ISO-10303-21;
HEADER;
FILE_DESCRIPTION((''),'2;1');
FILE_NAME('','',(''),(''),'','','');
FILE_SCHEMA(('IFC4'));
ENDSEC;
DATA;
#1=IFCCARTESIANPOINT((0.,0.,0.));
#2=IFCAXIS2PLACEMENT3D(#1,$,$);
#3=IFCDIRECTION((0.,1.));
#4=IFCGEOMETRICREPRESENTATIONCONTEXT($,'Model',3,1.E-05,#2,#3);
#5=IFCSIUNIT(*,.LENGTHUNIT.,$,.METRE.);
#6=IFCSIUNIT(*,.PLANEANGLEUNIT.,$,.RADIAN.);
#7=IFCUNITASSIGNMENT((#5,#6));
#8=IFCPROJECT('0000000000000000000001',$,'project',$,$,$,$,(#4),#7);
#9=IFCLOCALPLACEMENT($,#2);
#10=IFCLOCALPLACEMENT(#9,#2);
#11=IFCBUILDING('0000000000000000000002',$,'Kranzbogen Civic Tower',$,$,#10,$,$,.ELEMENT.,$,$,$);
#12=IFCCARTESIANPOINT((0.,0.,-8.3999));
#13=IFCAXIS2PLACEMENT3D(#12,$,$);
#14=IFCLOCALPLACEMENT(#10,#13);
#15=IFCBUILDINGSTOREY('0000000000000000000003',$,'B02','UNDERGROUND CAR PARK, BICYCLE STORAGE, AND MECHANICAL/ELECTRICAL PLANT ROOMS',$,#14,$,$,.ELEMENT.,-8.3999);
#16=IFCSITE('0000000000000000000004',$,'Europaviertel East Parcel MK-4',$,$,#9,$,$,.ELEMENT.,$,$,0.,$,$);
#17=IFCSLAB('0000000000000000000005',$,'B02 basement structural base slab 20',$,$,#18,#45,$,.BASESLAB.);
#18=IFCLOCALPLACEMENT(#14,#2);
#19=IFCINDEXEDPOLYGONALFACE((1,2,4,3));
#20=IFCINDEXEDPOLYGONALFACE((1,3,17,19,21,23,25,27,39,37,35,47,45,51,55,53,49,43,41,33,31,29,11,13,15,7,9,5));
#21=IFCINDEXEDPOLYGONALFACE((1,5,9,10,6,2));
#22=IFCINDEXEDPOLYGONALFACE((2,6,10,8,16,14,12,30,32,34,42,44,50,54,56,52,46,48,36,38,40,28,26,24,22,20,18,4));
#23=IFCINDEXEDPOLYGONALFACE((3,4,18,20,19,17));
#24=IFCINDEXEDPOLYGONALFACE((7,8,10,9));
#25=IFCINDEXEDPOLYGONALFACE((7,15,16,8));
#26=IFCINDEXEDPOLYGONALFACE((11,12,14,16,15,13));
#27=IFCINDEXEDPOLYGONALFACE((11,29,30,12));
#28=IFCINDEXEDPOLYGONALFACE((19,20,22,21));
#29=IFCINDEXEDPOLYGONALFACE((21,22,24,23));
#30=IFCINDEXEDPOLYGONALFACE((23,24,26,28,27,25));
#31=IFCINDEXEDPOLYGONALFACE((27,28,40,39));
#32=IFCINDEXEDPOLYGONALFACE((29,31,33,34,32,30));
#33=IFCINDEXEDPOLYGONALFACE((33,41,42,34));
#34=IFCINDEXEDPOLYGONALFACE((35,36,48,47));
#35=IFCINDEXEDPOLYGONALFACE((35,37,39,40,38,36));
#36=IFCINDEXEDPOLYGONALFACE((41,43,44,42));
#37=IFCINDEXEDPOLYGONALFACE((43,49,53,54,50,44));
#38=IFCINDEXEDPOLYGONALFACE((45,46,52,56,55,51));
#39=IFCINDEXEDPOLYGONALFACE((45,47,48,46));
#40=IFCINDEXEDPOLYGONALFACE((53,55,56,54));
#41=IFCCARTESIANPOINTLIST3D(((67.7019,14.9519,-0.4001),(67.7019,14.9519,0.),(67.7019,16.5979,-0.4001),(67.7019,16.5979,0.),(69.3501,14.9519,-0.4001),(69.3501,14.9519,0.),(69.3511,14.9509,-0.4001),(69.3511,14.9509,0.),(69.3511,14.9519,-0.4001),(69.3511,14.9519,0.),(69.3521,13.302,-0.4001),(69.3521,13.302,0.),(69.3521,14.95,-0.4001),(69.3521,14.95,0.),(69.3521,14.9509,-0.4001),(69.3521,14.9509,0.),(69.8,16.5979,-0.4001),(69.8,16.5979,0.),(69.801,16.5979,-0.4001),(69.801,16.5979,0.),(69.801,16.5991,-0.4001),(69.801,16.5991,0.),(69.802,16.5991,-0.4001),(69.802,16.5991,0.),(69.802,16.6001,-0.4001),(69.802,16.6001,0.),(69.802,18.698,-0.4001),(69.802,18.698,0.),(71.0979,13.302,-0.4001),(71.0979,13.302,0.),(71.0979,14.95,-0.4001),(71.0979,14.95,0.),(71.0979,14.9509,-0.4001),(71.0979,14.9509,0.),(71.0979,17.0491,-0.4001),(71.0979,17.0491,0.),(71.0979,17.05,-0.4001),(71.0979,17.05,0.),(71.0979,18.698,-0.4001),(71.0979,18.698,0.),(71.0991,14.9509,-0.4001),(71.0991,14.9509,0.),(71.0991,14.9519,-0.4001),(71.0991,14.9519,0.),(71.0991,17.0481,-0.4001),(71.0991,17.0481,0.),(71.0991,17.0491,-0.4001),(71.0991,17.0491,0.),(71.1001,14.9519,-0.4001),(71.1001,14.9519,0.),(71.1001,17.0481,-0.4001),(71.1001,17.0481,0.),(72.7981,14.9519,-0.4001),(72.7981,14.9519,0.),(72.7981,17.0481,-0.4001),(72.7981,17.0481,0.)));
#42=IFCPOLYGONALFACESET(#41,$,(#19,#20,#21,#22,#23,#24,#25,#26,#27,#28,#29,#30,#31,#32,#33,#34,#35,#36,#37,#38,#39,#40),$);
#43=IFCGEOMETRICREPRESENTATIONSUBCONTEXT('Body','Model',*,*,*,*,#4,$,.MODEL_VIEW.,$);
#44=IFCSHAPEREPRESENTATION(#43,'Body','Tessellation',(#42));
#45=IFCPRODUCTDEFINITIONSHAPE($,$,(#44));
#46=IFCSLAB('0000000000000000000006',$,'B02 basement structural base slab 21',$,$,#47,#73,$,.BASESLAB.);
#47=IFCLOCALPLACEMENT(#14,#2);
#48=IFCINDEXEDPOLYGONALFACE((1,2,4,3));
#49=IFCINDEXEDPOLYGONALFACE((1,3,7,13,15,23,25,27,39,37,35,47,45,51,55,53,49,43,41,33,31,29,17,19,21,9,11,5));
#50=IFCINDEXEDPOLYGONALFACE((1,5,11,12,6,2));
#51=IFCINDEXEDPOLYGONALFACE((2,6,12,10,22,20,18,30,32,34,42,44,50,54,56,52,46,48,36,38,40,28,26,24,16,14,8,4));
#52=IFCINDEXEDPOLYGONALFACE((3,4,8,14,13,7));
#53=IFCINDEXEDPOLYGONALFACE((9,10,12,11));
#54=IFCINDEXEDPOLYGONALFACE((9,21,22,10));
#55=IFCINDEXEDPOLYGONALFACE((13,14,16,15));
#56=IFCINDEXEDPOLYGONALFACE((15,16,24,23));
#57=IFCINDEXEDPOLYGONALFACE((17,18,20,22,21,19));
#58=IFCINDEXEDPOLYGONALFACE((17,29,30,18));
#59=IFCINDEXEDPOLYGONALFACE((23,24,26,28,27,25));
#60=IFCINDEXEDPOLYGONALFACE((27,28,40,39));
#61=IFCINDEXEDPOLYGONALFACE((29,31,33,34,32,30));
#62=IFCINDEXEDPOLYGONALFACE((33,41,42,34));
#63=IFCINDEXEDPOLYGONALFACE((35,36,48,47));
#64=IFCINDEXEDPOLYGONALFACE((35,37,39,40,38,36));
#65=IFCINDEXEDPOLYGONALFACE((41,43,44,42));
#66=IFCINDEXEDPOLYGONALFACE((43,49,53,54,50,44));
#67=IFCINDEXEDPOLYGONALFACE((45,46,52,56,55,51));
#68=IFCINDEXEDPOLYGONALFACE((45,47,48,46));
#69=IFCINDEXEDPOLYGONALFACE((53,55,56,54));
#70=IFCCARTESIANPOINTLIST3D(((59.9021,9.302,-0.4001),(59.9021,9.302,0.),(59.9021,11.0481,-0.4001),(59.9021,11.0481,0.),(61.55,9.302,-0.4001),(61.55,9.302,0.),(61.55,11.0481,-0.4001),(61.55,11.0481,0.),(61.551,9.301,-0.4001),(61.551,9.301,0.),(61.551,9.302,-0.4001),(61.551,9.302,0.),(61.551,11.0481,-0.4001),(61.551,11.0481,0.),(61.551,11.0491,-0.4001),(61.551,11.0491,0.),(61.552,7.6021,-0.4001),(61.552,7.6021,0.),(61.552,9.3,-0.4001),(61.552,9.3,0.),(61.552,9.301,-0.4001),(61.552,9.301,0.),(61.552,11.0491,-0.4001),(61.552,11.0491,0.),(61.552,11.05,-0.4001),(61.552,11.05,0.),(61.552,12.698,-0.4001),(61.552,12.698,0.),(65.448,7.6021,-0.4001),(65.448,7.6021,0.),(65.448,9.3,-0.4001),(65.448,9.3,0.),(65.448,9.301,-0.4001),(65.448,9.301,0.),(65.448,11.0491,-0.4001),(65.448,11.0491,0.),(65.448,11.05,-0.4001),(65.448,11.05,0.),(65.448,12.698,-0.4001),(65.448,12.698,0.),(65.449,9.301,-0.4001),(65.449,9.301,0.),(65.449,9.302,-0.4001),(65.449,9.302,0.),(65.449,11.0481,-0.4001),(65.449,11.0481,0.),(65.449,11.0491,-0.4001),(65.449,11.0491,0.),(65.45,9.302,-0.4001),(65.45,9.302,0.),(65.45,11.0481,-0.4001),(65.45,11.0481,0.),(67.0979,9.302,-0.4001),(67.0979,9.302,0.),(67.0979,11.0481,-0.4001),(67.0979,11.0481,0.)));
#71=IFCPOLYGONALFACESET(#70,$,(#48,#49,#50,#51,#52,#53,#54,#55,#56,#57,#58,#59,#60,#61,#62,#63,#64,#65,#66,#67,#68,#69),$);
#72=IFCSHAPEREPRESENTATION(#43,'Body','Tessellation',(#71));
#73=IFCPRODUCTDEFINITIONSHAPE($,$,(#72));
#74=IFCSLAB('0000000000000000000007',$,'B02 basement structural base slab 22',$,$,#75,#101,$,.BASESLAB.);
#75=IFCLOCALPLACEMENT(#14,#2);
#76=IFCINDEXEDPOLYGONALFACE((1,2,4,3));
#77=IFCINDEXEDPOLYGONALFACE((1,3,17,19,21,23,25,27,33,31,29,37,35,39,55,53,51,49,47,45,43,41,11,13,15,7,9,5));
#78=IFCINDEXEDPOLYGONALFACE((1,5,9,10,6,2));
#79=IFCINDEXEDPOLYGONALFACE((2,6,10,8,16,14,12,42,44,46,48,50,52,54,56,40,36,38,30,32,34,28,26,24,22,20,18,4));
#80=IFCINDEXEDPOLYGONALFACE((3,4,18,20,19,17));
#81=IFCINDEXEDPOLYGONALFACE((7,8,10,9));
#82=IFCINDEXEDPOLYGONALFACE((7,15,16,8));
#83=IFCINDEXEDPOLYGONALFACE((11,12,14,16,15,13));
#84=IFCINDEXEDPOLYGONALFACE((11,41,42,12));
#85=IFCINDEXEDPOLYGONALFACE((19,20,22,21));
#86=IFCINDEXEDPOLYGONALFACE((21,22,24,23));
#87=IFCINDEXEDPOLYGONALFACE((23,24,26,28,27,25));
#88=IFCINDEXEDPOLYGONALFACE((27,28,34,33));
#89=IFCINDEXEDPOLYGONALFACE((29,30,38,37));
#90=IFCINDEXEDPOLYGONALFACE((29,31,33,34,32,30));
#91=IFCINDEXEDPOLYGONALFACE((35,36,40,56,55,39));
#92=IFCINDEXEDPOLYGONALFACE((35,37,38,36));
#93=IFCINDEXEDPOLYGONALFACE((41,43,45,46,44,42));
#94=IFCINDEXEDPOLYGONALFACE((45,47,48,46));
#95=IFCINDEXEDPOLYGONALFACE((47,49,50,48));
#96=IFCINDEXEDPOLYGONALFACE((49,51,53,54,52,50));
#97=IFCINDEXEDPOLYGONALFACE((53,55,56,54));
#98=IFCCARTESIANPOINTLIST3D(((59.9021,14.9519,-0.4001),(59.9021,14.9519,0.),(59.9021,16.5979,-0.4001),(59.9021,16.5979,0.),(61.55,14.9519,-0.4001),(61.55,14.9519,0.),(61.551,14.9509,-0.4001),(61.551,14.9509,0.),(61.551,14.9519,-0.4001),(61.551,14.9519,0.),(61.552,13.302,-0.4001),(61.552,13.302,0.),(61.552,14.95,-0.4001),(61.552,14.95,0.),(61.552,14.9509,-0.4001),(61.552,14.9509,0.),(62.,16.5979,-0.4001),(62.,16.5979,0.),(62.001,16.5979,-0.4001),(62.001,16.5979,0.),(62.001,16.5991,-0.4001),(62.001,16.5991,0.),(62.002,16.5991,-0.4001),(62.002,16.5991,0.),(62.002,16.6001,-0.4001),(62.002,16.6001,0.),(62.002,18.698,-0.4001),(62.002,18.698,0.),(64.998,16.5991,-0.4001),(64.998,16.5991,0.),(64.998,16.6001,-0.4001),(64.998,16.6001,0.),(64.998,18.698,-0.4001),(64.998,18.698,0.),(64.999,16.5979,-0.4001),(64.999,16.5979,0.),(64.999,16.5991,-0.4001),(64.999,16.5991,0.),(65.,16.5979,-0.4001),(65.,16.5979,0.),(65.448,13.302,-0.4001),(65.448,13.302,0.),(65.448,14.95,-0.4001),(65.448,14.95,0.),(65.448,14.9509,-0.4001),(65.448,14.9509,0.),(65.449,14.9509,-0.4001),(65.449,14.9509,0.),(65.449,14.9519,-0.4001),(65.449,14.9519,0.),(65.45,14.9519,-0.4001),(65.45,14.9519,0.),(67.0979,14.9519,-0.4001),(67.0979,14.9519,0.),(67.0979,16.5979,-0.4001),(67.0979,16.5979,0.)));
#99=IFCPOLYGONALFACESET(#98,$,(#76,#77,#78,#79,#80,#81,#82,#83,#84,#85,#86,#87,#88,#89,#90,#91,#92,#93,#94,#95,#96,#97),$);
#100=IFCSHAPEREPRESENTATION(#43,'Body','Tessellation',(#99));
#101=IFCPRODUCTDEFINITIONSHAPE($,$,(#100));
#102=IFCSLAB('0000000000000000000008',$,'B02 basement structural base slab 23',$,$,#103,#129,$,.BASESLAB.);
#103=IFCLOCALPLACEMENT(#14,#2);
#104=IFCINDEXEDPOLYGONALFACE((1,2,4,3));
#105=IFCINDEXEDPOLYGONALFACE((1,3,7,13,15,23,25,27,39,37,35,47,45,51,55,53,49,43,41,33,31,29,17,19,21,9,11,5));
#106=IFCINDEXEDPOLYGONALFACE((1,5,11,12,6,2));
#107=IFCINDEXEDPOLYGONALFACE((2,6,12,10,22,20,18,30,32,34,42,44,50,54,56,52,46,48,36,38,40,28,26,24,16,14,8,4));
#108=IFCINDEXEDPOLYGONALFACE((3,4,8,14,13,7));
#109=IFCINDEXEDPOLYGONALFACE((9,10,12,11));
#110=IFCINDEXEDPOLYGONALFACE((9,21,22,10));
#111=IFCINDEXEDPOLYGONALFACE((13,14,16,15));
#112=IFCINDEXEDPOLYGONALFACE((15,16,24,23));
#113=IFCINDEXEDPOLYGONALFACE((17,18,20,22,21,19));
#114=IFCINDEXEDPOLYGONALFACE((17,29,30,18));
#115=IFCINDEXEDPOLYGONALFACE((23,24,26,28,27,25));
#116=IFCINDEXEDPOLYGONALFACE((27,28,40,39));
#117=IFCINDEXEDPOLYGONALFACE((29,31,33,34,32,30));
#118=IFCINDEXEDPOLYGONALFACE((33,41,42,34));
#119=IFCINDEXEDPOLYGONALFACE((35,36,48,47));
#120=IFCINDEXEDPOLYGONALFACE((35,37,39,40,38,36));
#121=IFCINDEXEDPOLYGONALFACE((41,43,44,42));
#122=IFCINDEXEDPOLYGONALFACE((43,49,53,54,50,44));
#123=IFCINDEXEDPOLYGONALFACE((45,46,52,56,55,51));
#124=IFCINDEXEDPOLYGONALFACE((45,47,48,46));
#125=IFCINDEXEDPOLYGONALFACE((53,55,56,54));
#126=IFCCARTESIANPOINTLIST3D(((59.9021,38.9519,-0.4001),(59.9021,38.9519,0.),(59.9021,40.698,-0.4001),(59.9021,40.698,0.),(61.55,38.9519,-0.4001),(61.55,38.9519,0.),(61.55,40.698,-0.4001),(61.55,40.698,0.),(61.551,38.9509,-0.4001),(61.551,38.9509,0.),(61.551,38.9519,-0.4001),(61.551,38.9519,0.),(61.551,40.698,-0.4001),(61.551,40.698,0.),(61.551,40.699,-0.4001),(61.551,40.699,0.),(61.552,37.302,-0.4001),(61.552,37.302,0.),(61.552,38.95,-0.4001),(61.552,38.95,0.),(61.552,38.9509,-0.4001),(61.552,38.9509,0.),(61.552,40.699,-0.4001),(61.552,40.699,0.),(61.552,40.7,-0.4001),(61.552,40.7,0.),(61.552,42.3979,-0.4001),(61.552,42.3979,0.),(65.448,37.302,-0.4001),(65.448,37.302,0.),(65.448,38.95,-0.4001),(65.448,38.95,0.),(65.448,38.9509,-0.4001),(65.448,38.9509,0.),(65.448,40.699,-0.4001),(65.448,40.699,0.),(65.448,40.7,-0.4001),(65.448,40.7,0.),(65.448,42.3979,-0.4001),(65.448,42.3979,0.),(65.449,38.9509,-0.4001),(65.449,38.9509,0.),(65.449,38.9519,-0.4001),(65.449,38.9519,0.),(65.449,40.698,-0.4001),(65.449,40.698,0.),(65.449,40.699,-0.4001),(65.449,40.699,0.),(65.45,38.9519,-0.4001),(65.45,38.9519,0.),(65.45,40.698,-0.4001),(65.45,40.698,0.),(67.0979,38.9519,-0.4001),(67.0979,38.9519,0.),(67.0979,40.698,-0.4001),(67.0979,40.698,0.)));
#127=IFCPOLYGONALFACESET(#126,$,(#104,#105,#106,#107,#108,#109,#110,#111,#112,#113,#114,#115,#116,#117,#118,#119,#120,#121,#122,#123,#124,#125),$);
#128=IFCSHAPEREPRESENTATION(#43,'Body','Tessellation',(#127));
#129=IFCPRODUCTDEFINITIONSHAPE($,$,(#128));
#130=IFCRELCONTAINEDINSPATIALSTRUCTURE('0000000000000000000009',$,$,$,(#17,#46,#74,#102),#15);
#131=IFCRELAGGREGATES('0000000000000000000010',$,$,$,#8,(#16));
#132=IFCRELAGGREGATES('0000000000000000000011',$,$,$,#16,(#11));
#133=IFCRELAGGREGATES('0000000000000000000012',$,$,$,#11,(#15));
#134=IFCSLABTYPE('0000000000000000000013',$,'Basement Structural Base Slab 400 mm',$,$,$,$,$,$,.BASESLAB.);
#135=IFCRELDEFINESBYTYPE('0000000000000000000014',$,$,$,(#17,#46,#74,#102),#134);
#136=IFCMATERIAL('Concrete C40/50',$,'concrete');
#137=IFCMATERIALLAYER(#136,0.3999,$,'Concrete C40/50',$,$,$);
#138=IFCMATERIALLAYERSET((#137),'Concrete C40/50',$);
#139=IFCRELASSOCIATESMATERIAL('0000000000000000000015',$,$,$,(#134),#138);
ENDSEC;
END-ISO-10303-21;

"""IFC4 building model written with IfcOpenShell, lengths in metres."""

from ifc_helpers import new_model, si_unit, direction, frame, origin, place, context, subcontext, project, spatial, polyline, outline, extrude, material, layer, layer_set, type_object, element, save


model = new_model("IFC4")

# Units and contexts
model_context = context("Model", 3, precision=1e-05, world=origin(), true_north=direction((0.0, 1.0)))
body_context = subcontext(model_context, "Body", "Model", "MODEL_VIEW")
ifc_project = project(units=[si_unit("LENGTHUNIT", "METRE"), si_unit("PLANEANGLEUNIT", "RADIAN")], contexts=[model_context])

# Site, building, storey
site_placement = place(None, origin())
site = spatial("IfcSite", under=ifc_project, at=site_placement, Name="Europaviertel East Parcel MK-4", CompositionType="ELEMENT", RefElevation=0.0)
building_placement = place(site_placement, origin())
building = spatial("IfcBuilding", under=site, at=building_placement, Name="Kranzbogen Civic Tower", CompositionType="ELEMENT")
storey_placement = place(building_placement, frame((0.0, 0.0, -8.3999)))
storey = spatial("IfcBuildingStorey", under=building, at=storey_placement, Name="B02", Description="UNDERGROUND CAR PARK, BICYCLE STORAGE, AND MECHANICAL/ELECTRICAL PLANT ROOMS", CompositionType="ELEMENT", Elevation=-8.3999)

# Shared definitions
ifc_material = material(Name="Concrete C40/50", Category="concrete")

# Slabs
ifc_layer_1 = layer(ifc_material, 0.3999, Name="Concrete C40/50")
ifc_layer_set_1 = layer_set([ifc_layer_1], Name="Concrete C40/50")
slab_type = type_object("IfcSlabType", Name="Basement Structural Base Slab 400 mm", PredefinedType="BASESLAB", material=ifc_layer_set_1)
slab_1_placement = place(storey_placement, frame((0.0, 0.0, -0.4001)))
element("IfcSlab", 1, at=slab_1_placement, inside=storey, type_object=slab_type, Name="B02 basement structural base slab 20", PredefinedType="BASESLAB", context=body_context, shape_type="SweptSolid", body=[
    extrude(outline(polyline([(67.7019, 14.9519), (69.3501, 14.9519), (69.3501, 14.9519), (69.3501, 14.9519), (69.3511, 14.9519), (69.3511, 14.9519), (69.3511, 14.9519), (69.3511, 14.9519), (69.3511, 14.9519), (69.3511, 14.9509), (69.3521, 14.9509), (69.3521, 14.9509), (69.3521, 14.9509), (69.3521, 14.9509), (69.3521, 14.9509), (69.3521, 14.95), (69.3521, 14.95), (69.3521, 14.95), (69.3521, 13.302), (71.0979, 13.302), (71.0979, 14.95), (71.0979, 14.95), (71.0979, 14.95), (71.0979, 14.9509), (71.0979, 14.9509), (71.0979, 14.9509), (71.0979, 14.9509), (71.0979, 14.9509), (71.0991, 14.9509), (71.0991, 14.9519), (71.0991, 14.9519), (71.0991, 14.9519), (71.0991, 14.9519), (71.0991, 14.9519), (71.1001, 14.9519), (71.1001, 14.9519), (71.1001, 14.9519), (72.7981, 14.9519), (72.7981, 17.0481), (71.1001, 17.0481), (71.1001, 17.0481), (71.1001, 17.0481), (71.0991, 17.0481), (71.0991, 17.0481), (71.0991, 17.0481), (71.0991, 17.0481), (71.0991, 17.0481), (71.0991, 17.0491), (71.0979, 17.0491), (71.0979, 17.0491), (71.0979, 17.0491), (71.0979, 17.0491), (71.0979, 17.0491), (71.0979, 17.05), (71.0979, 17.05), (71.0979, 17.05), (71.0979, 18.698), (69.802, 18.698), (69.802, 16.6001), (69.802, 16.6001), (69.802, 16.6001), (69.802, 16.5991), (69.802, 16.5991), (69.802, 16.5991), (69.802, 16.5991), (69.802, 16.5991), (69.801, 16.5991), (69.801, 16.5979), (69.801, 16.5979), (69.801, 16.5979), (69.801, 16.5979), (69.801, 16.5979), (69.8, 16.5979), (69.8, 16.5979), (69.8, 16.5979), (67.7019, 16.5979), (67.7019, 14.9519)])), origin(), (0.0, 0.0, 1.0), 0.4001),
])
slab_2_placement = place(storey_placement, frame((0.0, 0.0, -0.4001)))
element("IfcSlab", 2, at=slab_2_placement, inside=storey, type_object=slab_type, Name="B02 basement structural base slab 21", PredefinedType="BASESLAB", context=body_context, shape_type="SweptSolid", body=[
    extrude(outline(polyline([(61.552, 7.6021), (65.448, 7.6021), (65.448, 9.3), (65.448, 9.3), (65.448, 9.3), (65.448, 9.301), (65.448, 9.301), (65.448, 9.301), (65.448, 9.301), (65.448, 9.301), (65.449, 9.301), (65.449, 9.302), (65.449, 9.302), (65.449, 9.302), (65.449, 9.302), (65.449, 9.302), (65.45, 9.302), (65.45, 9.302), (65.45, 9.302), (67.0979, 9.302), (67.0979, 11.0481), (65.45, 11.0481), (65.45, 11.0481), (65.45, 11.0481), (65.449, 11.0481), (65.449, 11.0481), (65.449, 11.0481), (65.449, 11.0481), (65.449, 11.0481), (65.449, 11.0491), (65.448, 11.0491), (65.448, 11.0491), (65.448, 11.0491), (65.448, 11.0491), (65.448, 11.0491), (65.448, 11.05), (65.448, 11.05), (65.448, 11.05), (65.448, 12.698), (61.552, 12.698), (61.552, 11.05), (61.552, 11.05), (61.552, 11.05), (61.552, 11.0491), (61.552, 11.0491), (61.552, 11.0491), (61.552, 11.0491), (61.552, 11.0491), (61.551, 11.0491), (61.551, 11.0481), (61.551, 11.0481), (61.551, 11.0481), (61.551, 11.0481), (61.551, 11.0481), (61.55, 11.0481), (61.55, 11.0481), (61.55, 11.0481), (59.9021, 11.0481), (59.9021, 9.302), (61.55, 9.302), (61.55, 9.302), (61.55, 9.302), (61.551, 9.302), (61.551, 9.302), (61.551, 9.302), (61.551, 9.302), (61.551, 9.302), (61.551, 9.301), (61.552, 9.301), (61.552, 9.301), (61.552, 9.301), (61.552, 9.301), (61.552, 9.301), (61.552, 9.3), (61.552, 9.3), (61.552, 9.3), (61.552, 7.6021)])), origin(), (0.0, 0.0, 1.0), 0.4001),
])
slab_3_placement = place(storey_placement, frame((0.0, 0.0, -0.4001)))
element("IfcSlab", 3, at=slab_3_placement, inside=storey, type_object=slab_type, Name="B02 basement structural base slab 22", PredefinedType="BASESLAB", context=body_context, shape_type="SweptSolid", body=[
    extrude(outline(polyline([(62.002, 18.698), (62.002, 16.6001), (62.002, 16.6001), (62.002, 16.6001), (62.002, 16.5991), (62.002, 16.5991), (62.002, 16.5991), (62.002, 16.5991), (62.002, 16.5991), (62.001, 16.5991), (62.001, 16.5979), (62.001, 16.5979), (62.001, 16.5979), (62.001, 16.5979), (62.001, 16.5979), (62.0, 16.5979), (62.0, 16.5979), (62.0, 16.5979), (59.9021, 16.5979), (59.9021, 14.9519), (61.55, 14.9519), (61.55, 14.9519), (61.55, 14.9519), (61.551, 14.9519), (61.551, 14.9519), (61.551, 14.9519), (61.551, 14.9519), (61.551, 14.9519), (61.551, 14.9509), (61.552, 14.9509), (61.552, 14.9509), (61.552, 14.9509), (61.552, 14.9509), (61.552, 14.9509), (61.552, 14.95), (61.552, 14.95), (61.552, 14.95), (61.552, 13.302), (65.448, 13.302), (65.448, 14.95), (65.448, 14.95), (65.448, 14.95), (65.448, 14.9509), (65.448, 14.9509), (65.448, 14.9509), (65.448, 14.9509), (65.448, 14.9509), (65.449, 14.9509), (65.449, 14.9519), (65.449, 14.9519), (65.449, 14.9519), (65.449, 14.9519), (65.449, 14.9519), (65.45, 14.9519), (65.45, 14.9519), (65.45, 14.9519), (67.0979, 14.9519), (67.0979, 16.5979), (65.0, 16.5979), (65.0, 16.5979), (65.0, 16.5979), (64.999, 16.5979), (64.999, 16.5979), (64.999, 16.5979), (64.999, 16.5979), (64.999, 16.5979), (64.999, 16.5991), (64.998, 16.5991), (64.998, 16.5991), (64.998, 16.5991), (64.998, 16.5991), (64.998, 16.5991), (64.998, 16.6001), (64.998, 16.6001), (64.998, 16.6001), (64.998, 18.698), (62.002, 18.698)])), origin(), (0.0, 0.0, 1.0), 0.4001),
])
slab_4_placement = place(storey_placement, frame((0.0, 0.0, -0.4001)))
element("IfcSlab", 4, at=slab_4_placement, inside=storey, type_object=slab_type, Name="B02 basement structural base slab 23", PredefinedType="BASESLAB", context=body_context, shape_type="SweptSolid", body=[
    extrude(outline(polyline([(61.552, 40.7), (61.552, 40.7), (61.552, 40.7), (61.552, 40.699), (61.552, 40.699), (61.552, 40.699), (61.552, 40.699), (61.552, 40.699), (61.551, 40.699), (61.551, 40.698), (61.551, 40.698), (61.551, 40.698), (61.551, 40.698), (61.551, 40.698), (61.55, 40.698), (61.55, 40.698), (61.55, 40.698), (59.9021, 40.698), (59.9021, 38.9519), (61.55, 38.9519), (61.55, 38.9519), (61.55, 38.9519), (61.551, 38.9519), (61.551, 38.9519), (61.551, 38.9519), (61.551, 38.9519), (61.551, 38.9519), (61.551, 38.9509), (61.552, 38.9509), (61.552, 38.9509), (61.552, 38.9509), (61.552, 38.9509), (61.552, 38.9509), (61.552, 38.95), (61.552, 38.95), (61.552, 38.95), (61.552, 37.302), (65.448, 37.302), (65.448, 38.95), (65.448, 38.95), (65.448, 38.95), (65.448, 38.9509), (65.448, 38.9509), (65.448, 38.9509), (65.448, 38.9509), (65.448, 38.9509), (65.449, 38.9509), (65.449, 38.9519), (65.449, 38.9519), (65.449, 38.9519), (65.449, 38.9519), (65.449, 38.9519), (65.45, 38.9519), (65.45, 38.9519), (65.45, 38.9519), (67.0979, 38.9519), (67.0979, 40.698), (65.45, 40.698), (65.45, 40.698), (65.45, 40.698), (65.449, 40.698), (65.449, 40.698), (65.449, 40.698), (65.449, 40.698), (65.449, 40.698), (65.449, 40.699), (65.448, 40.699), (65.448, 40.699), (65.448, 40.699), (65.448, 40.699), (65.448, 40.699), (65.448, 40.7), (65.448, 40.7), (65.448, 40.7), (65.448, 42.3979), (61.552, 42.3979), (61.552, 40.7)])), origin(), (0.0, 0.0, 1.0), 0.4001),
])

save(model, "model.ifc")
